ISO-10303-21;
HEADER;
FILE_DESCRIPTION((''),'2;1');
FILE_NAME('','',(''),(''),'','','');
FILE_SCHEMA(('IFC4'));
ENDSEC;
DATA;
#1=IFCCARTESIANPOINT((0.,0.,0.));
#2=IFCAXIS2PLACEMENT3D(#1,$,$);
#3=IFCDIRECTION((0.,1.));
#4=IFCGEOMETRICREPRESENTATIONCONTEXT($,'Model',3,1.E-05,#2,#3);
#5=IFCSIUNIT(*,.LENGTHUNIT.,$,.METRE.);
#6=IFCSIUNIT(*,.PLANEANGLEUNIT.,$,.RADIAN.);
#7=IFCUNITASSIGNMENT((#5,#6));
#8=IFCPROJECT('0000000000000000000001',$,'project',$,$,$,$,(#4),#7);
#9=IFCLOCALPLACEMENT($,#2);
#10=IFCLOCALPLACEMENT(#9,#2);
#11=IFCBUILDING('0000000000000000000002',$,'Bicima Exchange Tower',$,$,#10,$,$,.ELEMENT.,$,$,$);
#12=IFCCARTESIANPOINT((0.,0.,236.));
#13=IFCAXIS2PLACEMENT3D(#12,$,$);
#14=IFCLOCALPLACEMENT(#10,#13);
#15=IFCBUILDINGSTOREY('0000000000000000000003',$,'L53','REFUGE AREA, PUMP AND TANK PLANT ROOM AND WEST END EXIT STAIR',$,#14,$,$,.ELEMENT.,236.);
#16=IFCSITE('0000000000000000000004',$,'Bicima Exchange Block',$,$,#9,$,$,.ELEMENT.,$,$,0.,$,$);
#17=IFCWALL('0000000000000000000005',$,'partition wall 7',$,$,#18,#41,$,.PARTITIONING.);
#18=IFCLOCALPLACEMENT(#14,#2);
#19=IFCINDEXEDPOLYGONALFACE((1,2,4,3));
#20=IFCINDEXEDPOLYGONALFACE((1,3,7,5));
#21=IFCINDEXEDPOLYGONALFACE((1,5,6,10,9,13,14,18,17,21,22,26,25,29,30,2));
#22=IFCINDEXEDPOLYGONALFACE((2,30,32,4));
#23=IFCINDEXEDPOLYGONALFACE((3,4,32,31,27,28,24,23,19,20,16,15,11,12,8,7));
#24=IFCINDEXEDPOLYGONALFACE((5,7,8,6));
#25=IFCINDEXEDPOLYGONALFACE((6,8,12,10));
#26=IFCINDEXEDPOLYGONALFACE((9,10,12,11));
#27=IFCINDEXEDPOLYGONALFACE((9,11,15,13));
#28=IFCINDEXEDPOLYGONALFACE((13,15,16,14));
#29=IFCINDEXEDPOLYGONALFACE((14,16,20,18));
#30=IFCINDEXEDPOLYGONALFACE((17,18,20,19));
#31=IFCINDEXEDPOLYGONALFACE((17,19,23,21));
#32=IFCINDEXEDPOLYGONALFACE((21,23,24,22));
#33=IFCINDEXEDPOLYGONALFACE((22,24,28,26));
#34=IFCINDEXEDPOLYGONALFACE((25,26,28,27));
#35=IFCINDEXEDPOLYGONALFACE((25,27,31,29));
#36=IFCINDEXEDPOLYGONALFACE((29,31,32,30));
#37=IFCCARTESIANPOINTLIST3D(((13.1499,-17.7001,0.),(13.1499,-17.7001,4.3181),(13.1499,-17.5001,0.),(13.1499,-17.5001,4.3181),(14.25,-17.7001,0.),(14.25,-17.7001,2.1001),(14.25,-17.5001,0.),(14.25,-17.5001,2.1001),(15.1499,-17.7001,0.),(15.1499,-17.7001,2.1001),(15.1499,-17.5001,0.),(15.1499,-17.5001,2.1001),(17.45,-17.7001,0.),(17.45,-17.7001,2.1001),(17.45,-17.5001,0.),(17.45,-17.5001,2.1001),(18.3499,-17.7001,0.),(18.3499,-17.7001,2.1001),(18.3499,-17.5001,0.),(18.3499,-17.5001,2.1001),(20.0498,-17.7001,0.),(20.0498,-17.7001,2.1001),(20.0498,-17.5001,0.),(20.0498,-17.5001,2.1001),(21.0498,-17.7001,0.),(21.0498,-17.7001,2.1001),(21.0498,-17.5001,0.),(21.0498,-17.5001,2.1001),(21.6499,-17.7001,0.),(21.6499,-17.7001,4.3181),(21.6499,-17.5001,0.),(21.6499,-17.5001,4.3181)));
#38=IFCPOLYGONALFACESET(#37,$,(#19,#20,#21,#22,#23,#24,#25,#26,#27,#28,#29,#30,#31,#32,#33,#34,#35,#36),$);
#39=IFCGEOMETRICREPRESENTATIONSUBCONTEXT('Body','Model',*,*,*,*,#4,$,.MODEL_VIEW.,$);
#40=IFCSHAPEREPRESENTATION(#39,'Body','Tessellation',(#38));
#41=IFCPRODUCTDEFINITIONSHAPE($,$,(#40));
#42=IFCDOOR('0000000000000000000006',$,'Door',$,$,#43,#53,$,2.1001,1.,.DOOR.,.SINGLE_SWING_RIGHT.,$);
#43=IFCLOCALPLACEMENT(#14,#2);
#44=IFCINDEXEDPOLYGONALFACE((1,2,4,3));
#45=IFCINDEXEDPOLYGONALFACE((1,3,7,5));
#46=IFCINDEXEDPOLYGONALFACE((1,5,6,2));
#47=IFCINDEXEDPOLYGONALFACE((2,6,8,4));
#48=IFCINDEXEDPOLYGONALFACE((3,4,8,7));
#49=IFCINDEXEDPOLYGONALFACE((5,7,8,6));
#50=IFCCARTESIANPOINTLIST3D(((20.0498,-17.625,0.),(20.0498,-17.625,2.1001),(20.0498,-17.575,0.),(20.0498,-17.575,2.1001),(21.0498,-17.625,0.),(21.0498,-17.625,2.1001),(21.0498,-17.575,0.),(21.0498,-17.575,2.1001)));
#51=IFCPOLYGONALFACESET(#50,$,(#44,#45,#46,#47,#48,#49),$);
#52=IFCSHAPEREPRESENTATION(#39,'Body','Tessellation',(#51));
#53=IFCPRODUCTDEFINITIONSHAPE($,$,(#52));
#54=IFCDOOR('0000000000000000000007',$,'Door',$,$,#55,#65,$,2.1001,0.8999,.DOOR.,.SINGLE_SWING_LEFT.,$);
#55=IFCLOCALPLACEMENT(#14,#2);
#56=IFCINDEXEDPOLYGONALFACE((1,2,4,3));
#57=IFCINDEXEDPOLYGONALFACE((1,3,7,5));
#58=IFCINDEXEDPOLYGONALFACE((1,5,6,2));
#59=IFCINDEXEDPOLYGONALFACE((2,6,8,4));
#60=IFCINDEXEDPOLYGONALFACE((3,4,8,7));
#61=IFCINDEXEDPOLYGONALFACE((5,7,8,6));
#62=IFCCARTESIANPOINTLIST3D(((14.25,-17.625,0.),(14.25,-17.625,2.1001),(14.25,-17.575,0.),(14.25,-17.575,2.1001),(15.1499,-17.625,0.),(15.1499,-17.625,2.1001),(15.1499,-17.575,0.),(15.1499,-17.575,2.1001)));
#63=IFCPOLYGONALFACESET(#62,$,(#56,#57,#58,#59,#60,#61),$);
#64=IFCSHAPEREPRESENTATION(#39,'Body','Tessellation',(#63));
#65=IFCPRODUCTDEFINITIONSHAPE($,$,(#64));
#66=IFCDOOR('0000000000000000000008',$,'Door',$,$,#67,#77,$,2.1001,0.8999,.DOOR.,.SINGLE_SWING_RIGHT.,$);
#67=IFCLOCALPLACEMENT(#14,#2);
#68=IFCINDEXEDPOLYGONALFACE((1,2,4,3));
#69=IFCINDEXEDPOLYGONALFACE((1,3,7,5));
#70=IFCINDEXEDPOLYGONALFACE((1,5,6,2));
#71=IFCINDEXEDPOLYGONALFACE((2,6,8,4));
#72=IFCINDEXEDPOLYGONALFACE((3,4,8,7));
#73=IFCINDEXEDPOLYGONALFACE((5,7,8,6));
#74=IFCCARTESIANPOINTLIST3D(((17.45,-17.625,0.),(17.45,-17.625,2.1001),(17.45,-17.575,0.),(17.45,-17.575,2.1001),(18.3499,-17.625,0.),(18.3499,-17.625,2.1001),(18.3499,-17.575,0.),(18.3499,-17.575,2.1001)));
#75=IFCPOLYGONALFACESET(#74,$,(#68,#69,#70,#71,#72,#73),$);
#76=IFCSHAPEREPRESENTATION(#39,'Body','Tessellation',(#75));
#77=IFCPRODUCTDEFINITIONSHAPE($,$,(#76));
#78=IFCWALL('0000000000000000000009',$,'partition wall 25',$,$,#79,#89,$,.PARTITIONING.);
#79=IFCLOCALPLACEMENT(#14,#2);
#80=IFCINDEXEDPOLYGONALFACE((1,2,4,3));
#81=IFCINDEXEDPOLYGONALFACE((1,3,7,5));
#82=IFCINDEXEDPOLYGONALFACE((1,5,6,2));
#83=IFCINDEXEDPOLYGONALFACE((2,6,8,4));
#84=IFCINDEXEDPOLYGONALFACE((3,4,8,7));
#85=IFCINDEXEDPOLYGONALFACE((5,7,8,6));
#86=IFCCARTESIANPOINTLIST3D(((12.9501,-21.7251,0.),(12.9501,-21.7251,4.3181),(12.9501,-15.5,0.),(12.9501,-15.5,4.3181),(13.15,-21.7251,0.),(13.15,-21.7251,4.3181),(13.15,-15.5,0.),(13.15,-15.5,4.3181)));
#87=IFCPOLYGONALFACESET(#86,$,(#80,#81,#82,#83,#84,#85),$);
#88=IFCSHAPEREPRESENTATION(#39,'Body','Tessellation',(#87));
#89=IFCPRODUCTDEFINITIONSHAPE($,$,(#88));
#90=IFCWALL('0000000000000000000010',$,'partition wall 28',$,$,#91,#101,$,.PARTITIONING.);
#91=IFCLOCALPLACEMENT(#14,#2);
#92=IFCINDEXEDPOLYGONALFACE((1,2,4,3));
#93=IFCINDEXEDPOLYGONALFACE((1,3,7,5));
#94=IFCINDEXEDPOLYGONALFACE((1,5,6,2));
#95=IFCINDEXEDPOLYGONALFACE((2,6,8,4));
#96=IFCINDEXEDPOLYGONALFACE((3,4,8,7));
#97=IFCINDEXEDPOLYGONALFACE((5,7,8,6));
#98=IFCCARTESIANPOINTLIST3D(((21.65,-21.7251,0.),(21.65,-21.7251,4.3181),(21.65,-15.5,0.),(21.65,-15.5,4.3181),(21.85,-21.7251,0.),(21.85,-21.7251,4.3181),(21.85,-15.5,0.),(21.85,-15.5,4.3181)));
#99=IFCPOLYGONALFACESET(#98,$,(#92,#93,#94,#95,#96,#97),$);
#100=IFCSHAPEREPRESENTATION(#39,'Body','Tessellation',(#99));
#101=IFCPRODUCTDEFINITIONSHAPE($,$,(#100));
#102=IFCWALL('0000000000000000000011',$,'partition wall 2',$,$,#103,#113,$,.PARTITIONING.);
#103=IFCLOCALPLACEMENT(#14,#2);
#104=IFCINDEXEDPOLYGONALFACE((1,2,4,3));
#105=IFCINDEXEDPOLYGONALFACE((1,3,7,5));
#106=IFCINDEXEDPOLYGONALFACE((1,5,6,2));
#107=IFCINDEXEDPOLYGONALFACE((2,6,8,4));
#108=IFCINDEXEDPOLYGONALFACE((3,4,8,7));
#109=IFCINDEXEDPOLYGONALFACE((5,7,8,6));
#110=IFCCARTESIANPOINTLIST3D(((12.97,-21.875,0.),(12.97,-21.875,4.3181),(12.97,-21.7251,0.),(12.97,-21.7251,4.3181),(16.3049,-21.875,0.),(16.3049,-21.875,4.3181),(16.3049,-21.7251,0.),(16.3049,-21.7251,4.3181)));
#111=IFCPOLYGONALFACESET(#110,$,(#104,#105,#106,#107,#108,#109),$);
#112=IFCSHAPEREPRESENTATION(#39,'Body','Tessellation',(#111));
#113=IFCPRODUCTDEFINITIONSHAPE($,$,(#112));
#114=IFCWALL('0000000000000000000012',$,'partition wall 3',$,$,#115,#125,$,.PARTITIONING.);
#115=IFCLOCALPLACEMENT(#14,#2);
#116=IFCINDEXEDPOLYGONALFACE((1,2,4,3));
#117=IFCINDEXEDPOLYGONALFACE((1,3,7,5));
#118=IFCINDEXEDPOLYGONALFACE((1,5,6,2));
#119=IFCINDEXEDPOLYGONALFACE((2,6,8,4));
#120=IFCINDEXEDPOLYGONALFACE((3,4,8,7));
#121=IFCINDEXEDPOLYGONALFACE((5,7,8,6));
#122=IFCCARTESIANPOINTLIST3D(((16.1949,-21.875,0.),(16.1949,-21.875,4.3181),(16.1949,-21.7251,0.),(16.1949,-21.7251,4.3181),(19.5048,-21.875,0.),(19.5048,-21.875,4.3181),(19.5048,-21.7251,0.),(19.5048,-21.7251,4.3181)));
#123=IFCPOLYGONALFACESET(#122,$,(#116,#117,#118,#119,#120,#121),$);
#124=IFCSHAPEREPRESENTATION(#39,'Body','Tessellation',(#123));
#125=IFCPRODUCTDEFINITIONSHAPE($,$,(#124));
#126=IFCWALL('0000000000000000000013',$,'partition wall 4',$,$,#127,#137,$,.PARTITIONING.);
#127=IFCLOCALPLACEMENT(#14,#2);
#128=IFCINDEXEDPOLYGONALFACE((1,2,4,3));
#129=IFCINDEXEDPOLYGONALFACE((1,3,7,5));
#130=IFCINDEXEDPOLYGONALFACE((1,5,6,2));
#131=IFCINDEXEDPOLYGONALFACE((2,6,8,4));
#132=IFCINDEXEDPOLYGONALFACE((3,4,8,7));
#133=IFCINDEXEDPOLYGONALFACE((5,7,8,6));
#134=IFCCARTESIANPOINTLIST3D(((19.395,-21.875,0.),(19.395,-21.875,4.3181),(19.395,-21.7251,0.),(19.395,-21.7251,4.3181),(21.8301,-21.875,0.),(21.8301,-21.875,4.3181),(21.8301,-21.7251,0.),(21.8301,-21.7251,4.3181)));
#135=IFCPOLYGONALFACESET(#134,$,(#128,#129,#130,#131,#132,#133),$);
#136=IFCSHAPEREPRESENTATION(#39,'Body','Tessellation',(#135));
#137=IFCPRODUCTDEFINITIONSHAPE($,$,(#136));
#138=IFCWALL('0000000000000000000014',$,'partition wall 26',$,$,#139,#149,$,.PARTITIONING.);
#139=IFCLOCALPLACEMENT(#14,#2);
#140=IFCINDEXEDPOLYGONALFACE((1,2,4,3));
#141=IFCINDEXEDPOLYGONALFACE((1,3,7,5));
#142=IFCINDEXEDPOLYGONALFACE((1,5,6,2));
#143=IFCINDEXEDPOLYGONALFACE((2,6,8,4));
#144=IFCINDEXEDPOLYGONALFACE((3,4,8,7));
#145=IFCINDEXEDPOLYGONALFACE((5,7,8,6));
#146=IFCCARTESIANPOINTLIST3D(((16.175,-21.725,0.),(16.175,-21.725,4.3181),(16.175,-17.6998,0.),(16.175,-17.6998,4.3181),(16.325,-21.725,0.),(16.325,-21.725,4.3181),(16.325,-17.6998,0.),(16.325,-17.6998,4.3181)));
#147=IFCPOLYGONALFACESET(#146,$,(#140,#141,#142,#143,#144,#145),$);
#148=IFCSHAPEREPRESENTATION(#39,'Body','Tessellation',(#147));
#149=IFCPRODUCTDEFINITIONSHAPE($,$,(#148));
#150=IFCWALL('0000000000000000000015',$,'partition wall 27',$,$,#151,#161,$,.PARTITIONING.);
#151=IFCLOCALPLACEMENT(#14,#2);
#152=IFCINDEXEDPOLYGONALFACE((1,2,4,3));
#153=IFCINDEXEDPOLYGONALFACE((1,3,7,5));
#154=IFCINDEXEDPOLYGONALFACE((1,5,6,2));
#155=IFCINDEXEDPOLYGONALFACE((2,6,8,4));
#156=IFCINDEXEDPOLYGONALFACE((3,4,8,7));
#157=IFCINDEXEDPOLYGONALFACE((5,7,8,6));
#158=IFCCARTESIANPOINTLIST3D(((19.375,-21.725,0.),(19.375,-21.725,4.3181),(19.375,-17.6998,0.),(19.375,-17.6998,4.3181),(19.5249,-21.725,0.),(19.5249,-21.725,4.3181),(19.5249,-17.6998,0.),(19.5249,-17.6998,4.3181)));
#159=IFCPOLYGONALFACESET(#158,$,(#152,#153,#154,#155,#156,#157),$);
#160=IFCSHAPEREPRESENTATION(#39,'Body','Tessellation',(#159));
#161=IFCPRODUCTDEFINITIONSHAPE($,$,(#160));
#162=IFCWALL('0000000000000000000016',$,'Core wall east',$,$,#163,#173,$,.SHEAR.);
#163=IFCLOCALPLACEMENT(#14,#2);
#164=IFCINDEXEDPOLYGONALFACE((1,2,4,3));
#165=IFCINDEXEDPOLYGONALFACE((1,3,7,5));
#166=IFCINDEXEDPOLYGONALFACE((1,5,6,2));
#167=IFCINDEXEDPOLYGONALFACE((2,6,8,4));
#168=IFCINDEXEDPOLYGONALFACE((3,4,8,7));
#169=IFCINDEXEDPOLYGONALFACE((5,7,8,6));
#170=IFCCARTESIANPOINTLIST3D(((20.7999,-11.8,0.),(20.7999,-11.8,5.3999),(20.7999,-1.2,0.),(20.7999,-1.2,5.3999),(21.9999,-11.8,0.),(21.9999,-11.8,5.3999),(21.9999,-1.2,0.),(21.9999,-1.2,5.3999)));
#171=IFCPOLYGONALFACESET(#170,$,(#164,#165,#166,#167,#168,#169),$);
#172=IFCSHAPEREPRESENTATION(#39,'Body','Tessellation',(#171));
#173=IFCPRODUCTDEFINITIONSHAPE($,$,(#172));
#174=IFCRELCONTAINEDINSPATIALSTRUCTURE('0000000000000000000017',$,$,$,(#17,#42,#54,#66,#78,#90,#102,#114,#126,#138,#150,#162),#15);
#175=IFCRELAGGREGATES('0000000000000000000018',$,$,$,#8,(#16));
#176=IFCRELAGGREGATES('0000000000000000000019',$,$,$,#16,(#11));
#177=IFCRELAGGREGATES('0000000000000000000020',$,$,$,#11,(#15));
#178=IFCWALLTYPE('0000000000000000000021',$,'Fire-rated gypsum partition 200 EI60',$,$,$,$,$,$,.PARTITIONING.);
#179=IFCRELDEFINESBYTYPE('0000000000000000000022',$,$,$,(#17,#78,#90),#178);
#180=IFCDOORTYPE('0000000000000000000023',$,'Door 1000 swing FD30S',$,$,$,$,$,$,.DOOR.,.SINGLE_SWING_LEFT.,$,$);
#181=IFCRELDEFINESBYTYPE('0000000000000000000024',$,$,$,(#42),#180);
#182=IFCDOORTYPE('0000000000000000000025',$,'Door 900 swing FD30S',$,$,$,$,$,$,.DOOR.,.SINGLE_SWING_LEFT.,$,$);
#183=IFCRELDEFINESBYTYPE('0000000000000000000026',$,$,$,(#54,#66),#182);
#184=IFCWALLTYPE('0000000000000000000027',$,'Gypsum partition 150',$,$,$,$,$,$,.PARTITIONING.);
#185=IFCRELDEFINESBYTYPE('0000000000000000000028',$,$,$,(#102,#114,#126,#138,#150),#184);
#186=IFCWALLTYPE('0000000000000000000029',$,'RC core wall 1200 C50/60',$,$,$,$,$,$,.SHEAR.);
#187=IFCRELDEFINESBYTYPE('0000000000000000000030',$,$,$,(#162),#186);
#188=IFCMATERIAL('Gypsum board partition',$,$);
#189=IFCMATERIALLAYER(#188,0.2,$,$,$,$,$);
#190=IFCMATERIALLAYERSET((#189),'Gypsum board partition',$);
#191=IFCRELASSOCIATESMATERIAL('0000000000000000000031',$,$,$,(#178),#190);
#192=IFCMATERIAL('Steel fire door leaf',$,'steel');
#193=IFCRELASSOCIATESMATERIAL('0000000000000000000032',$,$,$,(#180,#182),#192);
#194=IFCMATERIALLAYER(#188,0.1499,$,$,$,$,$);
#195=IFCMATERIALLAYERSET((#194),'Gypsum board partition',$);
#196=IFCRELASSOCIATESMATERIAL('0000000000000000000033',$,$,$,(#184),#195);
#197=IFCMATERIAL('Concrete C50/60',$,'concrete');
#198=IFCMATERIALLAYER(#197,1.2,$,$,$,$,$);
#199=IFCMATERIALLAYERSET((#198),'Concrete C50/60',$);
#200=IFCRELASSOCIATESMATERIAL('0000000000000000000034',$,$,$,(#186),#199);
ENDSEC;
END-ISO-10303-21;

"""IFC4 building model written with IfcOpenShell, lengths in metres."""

from ifc_helpers import new_model, si_unit, direction, frame, frame_2d, origin, place, context, subcontext, project, spatial, rectangle, extrude, material, layer, layer_set, type_object, element, fill, save


model = new_model("IFC4")

# Units and contexts
model_context = context("Model", 3, precision=1e-05, world=origin(), true_north=direction((0.0, 1.0)))
body_context = subcontext(model_context, "Body", "Model", "MODEL_VIEW")
ifc_project = project(units=[si_unit("LENGTHUNIT", "METRE"), si_unit("PLANEANGLEUNIT", "RADIAN")], contexts=[model_context])

# Site, building, storey
site_placement = place(None, origin())
site = spatial("IfcSite", under=ifc_project, at=site_placement, Name="Bicima Exchange Block", CompositionType="ELEMENT", RefElevation=0.0)
building_placement = place(site_placement, origin())
building = spatial("IfcBuilding", under=site, at=building_placement, Name="Bicima Exchange Tower", CompositionType="ELEMENT")
storey_placement = place(building_placement, frame((0.0, 0.0, 236.0)))
storey = spatial("IfcBuildingStorey", under=building, at=storey_placement, Name="L53", Description="REFUGE AREA, PUMP AND TANK PLANT ROOM AND WEST END EXIT STAIR", CompositionType="ELEMENT", Elevation=236.0)

# Wall, openings, doors
ifc_material_1 = material(Name="Gypsum board partition")
ifc_layer_1 = layer(ifc_material_1, 0.2)
ifc_layer_set_1 = layer_set([ifc_layer_1], Name="Gypsum board partition")
wall_type_1 = type_object("IfcWallType", Name="Fire-rated gypsum partition 200 EI60", PredefinedType="PARTITIONING", material=ifc_layer_set_1)
wall_1_placement = place(storey_placement, frame((13.1499, -17.6001, 0.0), z_axis=(0.0, 0.0, 1.0), x_axis=(1.0, 0.0, 0.0)))
wall_1 = element("IfcWall", 1, at=wall_1_placement, inside=storey, type_object=wall_type_1, Name="partition wall 7", PredefinedType="PARTITIONING", context=body_context, shape_type="SweptSolid", body=[
    extrude(rectangle(XDim=8.5, YDim=0.2, at=frame_2d((4.25, 0.0))), origin(), (0.0, 0.0, 1.0), 4.3181),
])
opening_1_placement = place(wall_1_placement, frame((1.1001, 0.0, 0.0)))
opening_1 = element("IfcOpeningElement", 2, at=opening_1_placement, cuts=wall_1, PredefinedType="OPENING", context=body_context, shape_type="SweptSolid", body=[
    extrude(rectangle(XDim=0.8999, YDim=2.1001, at=frame_2d((0.45, 1.05))), frame((0.0, 0.1118, 0.0), z_axis=(0.0, -1.0, 0.0), x_axis=(1.0, 0.0, 0.0)), (0.0, 0.0, 1.0), 0.2239),
])
opening_2_placement = place(wall_1_placement, frame((4.3, 0.0, 0.0)))
opening_2 = element("IfcOpeningElement", 3, at=opening_2_placement, cuts=wall_1, PredefinedType="OPENING", context=body_context, shape_type="SweptSolid", body=[
    extrude(rectangle(XDim=0.8999, YDim=2.1001, at=frame_2d((0.45, 1.05))), frame((0.0, 0.1118, 0.0), z_axis=(0.0, -1.0, 0.0), x_axis=(1.0, 0.0, 0.0)), (0.0, 0.0, 1.0), 0.2239),
])
opening_3_placement = place(wall_1_placement, frame((6.8999, 0.0, 0.0)))
opening_3 = element("IfcOpeningElement", 4, at=opening_3_placement, cuts=wall_1, PredefinedType="OPENING", context=body_context, shape_type="SweptSolid", body=[
    extrude(rectangle(XDim=1.0, YDim=2.1001, at=frame_2d((0.5, 1.05))), frame((0.0, 0.1118, 0.0), z_axis=(0.0, -1.0, 0.0), x_axis=(1.0, 0.0, 0.0)), (0.0, 0.0, 1.0), 0.2239),
])
ifc_material_2 = material(Name="Steel fire door leaf", Category="steel")
door_type_1 = type_object("IfcDoorType", Name="Door 1000 swing FD30S", OperationType="SINGLE_SWING_LEFT", PredefinedType="DOOR", material=ifc_material_2)
door_1_placement = place(opening_3_placement, frame((1.0, 0.0, 0.0), z_axis=(0.0, 0.0, 1.0), x_axis=(-1.0, 0.0, 0.0)))
door_1 = element("IfcDoor", 5, at=door_1_placement, inside=storey, type_object=door_type_1, Name="Door", OperationType="SINGLE_SWING_RIGHT", OverallHeight=2.1001, OverallWidth=1.0, PredefinedType="DOOR", context=body_context, shape_type="SweptSolid", body=[
    extrude(rectangle(XDim=1.0, YDim=2.1001, at=frame_2d((0.5, 1.05))), frame((0.0, 0.0249, 0.0), z_axis=(0.0, -1.0, 0.0), x_axis=(1.0, 0.0, 0.0)), (0.0, 0.0, 1.0), 0.05),
])
fill(opening_3, door_1)
door_type_2 = type_object("IfcDoorType", Name="Door 900 swing FD30S", OperationType="SINGLE_SWING_LEFT", PredefinedType="DOOR", material=ifc_material_2)
door_2_placement = place(opening_1_placement, frame((0.8999, 0.0, 0.0), z_axis=(0.0, 0.0, 1.0), x_axis=(-1.0, 0.0, 0.0)))
door_2 = element("IfcDoor", 6, at=door_2_placement, inside=storey, type_object=door_type_2, Name="Door", OperationType="SINGLE_SWING_LEFT", OverallHeight=2.1001, OverallWidth=0.8999, PredefinedType="DOOR", context=body_context, shape_type="SweptSolid", body=[
    extrude(rectangle(XDim=0.8999, YDim=2.1001, at=frame_2d((0.45, 1.05))), frame((0.0, 0.0249, 0.0), z_axis=(0.0, -1.0, 0.0), x_axis=(1.0, 0.0, 0.0)), (0.0, 0.0, 1.0), 0.05),
])
fill(opening_1, door_2)
door_3_placement = place(opening_2_placement, frame((0.8999, 0.0, 0.0), z_axis=(0.0, 0.0, 1.0), x_axis=(-1.0, 0.0, 0.0)))
door_3 = element("IfcDoor", 7, at=door_3_placement, inside=storey, type_object=door_type_2, Name="Door", OperationType="SINGLE_SWING_RIGHT", OverallHeight=2.1001, OverallWidth=0.8999, PredefinedType="DOOR", context=body_context, shape_type="SweptSolid", body=[
    extrude(rectangle(XDim=0.8999, YDim=2.1001, at=frame_2d((0.45, 1.05))), frame((0.0, 0.0249, 0.0), z_axis=(0.0, -1.0, 0.0), x_axis=(1.0, 0.0, 0.0)), (0.0, 0.0, 1.0), 0.05),
])
fill(opening_2, door_3)

# Walls
for number, where, z_axis, x_axis, name in (
    (8, (13.05, -21.7251, 0.0), (0.0, 0.0, 1.0), (0.0, 1.0, 0.0), "partition wall 25"),
    (9, (21.75, -21.7251, 0.0), (0.0, 0.0, 1.0), (0.0, 1.0, 0.0), "partition wall 28"),
):
    element("IfcWall", number, at=place(storey_placement, frame(where, z_axis=z_axis, x_axis=x_axis)), inside=storey, type_object=wall_type_1, Name=name, PredefinedType="PARTITIONING", context=body_context, shape_type="SweptSolid", body=[
        extrude(rectangle(XDim=6.2251, YDim=0.2, at=frame_2d((3.1125, 0.0))), origin(), (0.0, 0.0, 1.0), 4.3181),
    ])
ifc_layer_2 = layer(ifc_material_1, 0.1499)
ifc_layer_set_2 = layer_set([ifc_layer_2], Name="Gypsum board partition")
wall_type_2 = type_object("IfcWallType", Name="Gypsum partition 150", PredefinedType="PARTITIONING", material=ifc_layer_set_2)
wall_2_placement = place(storey_placement, frame((12.97, -21.8, 0.0), z_axis=(0.0, 0.0, 1.0), x_axis=(1.0, 0.0, 0.0)))
element("IfcWall", 10, at=wall_2_placement, inside=storey, type_object=wall_type_2, Name="partition wall 2", PredefinedType="PARTITIONING", context=body_context, shape_type="SweptSolid", body=[
    extrude(rectangle(XDim=3.335, YDim=0.1499, at=frame_2d((1.6675, 0.0))), origin(), (0.0, 0.0, 1.0), 4.3181),
])
wall_3_placement = place(storey_placement, frame((16.1951, -21.8, 0.0), z_axis=(0.0, 0.0, 1.0), x_axis=(1.0, 0.0, 0.0)))
element("IfcWall", 11, at=wall_3_placement, inside=storey, type_object=wall_type_2, Name="partition wall 3", PredefinedType="PARTITIONING", context=body_context, shape_type="SweptSolid", body=[
    extrude(rectangle(XDim=3.3098, YDim=0.1499, at=frame_2d((1.6548, 0.0))), origin(), (0.0, 0.0, 1.0), 4.3181),
])
wall_4_placement = place(storey_placement, frame((19.395, -21.8, 0.0), z_axis=(0.0, 0.0, 1.0), x_axis=(1.0, 0.0, 0.0)))
element("IfcWall", 12, at=wall_4_placement, inside=storey, type_object=wall_type_2, Name="partition wall 4", PredefinedType="PARTITIONING", context=body_context, shape_type="SweptSolid", body=[
    extrude(rectangle(XDim=2.4351, YDim=0.1499, at=frame_2d((1.2175, 0.0))), origin(), (0.0, 0.0, 1.0), 4.3181),
])
for number, where, z_axis, x_axis, name in (
    (13, (16.25, -21.7251, 0.0), (0.0, 0.0, 1.0), (0.0, 1.0, 0.0), "partition wall 26"),
    (14, (19.45, -21.7251, 0.0), (0.0, 0.0, 1.0), (0.0, 1.0, 0.0), "partition wall 27"),
):
    element("IfcWall", number, at=place(storey_placement, frame(where, z_axis=z_axis, x_axis=x_axis)), inside=storey, type_object=wall_type_2, Name=name, PredefinedType="PARTITIONING", context=body_context, shape_type="SweptSolid", body=[
        extrude(rectangle(XDim=4.0251, YDim=0.1499, at=frame_2d((2.0127, 0.0))), origin(), (0.0, 0.0, 1.0), 4.3181),
    ])
ifc_material_3 = material(Name="Concrete C50/60", Category="concrete")
ifc_layer_3 = layer(ifc_material_3, 1.2)
ifc_layer_set_3 = layer_set([ifc_layer_3], Name="Concrete C50/60")
wall_type_3 = type_object("IfcWallType", Name="RC core wall 1200 C50/60", PredefinedType="SHEAR", material=ifc_layer_set_3)
wall_5_placement = place(storey_placement, frame((21.3999, -11.8, 0.0), z_axis=(0.0, 0.0, 1.0), x_axis=(0.0, 1.0, 0.0)))
element("IfcWall", 15, at=wall_5_placement, inside=storey, type_object=wall_type_3, Name="Core wall east", PredefinedType="SHEAR", context=body_context, shape_type="SweptSolid", body=[
    extrude(rectangle(XDim=10.6001, YDim=1.2, at=frame_2d((5.3, 0.0))), origin(), (0.0, 0.0, 1.0), 5.3999),
])

save(model, "model.ifc")
